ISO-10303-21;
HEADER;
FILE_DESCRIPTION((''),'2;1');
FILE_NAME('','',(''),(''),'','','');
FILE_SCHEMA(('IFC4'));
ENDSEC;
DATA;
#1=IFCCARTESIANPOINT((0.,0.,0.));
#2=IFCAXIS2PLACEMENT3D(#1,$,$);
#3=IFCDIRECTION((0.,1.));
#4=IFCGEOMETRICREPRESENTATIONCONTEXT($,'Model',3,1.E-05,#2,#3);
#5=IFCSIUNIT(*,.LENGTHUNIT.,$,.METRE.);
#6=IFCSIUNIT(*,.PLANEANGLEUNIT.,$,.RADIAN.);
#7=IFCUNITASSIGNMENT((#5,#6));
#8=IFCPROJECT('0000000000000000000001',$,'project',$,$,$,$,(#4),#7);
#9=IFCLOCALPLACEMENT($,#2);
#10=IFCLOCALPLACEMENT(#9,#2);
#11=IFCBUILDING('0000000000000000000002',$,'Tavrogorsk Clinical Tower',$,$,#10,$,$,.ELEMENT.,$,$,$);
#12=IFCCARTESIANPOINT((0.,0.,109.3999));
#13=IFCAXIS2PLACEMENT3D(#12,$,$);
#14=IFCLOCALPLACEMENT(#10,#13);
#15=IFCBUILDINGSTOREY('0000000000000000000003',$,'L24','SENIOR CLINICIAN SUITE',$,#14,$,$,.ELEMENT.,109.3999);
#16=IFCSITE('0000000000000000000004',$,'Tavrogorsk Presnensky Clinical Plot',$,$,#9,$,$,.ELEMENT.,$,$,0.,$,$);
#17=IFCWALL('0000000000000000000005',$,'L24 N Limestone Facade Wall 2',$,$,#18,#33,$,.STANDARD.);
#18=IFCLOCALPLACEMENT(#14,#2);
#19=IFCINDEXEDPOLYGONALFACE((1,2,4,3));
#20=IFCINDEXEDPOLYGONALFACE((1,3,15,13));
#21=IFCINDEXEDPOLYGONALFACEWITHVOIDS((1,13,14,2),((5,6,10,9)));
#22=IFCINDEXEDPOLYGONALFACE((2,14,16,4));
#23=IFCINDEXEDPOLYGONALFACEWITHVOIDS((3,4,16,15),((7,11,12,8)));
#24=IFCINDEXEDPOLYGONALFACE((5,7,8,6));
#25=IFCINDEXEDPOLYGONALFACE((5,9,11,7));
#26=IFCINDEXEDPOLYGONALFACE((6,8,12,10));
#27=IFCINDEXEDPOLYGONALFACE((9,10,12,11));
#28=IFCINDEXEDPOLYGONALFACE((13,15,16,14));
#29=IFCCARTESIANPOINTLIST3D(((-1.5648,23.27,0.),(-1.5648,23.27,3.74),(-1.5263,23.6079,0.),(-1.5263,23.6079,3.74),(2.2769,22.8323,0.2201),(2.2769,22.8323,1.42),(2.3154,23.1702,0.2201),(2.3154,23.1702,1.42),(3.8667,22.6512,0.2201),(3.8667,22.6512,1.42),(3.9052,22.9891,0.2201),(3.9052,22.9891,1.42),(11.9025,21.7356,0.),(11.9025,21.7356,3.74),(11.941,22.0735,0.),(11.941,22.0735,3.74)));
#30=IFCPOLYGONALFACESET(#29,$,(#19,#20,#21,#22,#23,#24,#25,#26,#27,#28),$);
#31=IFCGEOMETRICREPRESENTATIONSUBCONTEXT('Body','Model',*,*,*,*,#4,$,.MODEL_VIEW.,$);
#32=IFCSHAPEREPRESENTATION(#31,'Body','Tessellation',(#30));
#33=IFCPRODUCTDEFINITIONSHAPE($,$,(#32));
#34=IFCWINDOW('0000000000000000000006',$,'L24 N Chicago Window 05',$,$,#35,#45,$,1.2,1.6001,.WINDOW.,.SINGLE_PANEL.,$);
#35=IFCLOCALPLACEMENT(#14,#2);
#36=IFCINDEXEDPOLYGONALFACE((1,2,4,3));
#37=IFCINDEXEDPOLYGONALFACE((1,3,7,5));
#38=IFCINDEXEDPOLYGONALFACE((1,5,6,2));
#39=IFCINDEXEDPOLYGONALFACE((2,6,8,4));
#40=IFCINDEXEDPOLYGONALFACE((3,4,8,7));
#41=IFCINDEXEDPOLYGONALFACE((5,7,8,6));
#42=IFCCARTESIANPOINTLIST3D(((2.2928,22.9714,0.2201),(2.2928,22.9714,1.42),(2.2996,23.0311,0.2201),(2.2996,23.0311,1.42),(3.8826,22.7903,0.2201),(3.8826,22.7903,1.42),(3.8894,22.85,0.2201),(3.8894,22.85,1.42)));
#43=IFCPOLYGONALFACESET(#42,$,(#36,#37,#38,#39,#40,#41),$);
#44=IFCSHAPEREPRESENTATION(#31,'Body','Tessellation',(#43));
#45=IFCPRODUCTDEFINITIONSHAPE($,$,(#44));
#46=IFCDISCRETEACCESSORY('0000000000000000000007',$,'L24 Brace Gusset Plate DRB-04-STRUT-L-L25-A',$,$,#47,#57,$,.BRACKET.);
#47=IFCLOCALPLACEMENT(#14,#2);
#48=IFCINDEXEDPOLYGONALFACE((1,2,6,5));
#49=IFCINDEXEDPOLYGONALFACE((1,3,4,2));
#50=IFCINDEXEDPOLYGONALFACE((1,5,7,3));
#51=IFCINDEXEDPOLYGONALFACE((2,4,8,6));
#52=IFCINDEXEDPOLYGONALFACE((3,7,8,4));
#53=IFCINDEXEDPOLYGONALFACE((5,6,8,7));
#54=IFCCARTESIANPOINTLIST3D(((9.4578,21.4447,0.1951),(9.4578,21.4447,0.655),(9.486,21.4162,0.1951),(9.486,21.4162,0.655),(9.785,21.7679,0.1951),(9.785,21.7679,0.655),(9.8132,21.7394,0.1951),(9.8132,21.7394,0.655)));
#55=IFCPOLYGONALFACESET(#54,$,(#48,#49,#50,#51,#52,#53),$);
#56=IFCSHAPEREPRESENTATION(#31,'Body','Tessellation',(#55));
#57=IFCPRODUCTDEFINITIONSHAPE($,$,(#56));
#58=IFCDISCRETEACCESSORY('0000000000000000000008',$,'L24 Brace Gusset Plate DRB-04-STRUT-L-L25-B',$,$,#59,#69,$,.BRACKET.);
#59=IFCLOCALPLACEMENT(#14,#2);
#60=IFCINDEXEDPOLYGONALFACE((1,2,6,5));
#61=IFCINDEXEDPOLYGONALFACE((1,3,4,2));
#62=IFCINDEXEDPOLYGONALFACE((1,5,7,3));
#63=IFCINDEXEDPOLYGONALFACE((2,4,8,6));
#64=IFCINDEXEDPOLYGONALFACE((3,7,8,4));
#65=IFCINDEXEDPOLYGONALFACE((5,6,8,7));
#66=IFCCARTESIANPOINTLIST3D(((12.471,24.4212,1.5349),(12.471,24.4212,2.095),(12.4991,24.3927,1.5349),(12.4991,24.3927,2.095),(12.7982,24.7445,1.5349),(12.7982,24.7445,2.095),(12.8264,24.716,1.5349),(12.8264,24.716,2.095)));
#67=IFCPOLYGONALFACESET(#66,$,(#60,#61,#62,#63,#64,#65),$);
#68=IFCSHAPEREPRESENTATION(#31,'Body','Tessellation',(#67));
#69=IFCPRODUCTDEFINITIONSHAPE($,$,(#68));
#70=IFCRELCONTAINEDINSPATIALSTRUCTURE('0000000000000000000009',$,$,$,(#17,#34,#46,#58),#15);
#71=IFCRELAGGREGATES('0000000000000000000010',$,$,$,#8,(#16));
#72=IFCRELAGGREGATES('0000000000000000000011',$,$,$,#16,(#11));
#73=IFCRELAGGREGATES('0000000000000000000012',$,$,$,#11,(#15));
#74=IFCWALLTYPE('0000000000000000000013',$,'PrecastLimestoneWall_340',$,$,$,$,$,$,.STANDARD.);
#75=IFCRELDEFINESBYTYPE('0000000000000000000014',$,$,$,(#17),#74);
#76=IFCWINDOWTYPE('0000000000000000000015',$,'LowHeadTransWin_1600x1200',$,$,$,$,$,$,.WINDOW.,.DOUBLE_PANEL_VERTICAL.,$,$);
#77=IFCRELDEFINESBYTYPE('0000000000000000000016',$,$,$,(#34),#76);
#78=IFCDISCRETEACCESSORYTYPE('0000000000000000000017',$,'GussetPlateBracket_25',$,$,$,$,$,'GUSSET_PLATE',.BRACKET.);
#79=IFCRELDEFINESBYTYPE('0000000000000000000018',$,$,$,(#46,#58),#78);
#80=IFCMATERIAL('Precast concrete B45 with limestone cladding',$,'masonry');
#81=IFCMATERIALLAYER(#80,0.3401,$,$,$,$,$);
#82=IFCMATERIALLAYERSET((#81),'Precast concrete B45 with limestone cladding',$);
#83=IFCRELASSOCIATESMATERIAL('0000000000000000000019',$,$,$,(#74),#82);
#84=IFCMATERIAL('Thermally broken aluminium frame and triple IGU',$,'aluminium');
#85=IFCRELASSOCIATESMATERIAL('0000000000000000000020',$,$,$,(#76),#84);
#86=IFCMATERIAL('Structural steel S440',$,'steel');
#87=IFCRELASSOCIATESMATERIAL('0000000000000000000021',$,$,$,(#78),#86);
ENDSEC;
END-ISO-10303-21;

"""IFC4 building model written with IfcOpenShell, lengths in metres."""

from ifc_helpers import new_model, si_unit, direction, frame, frame_2d, origin, origin_2d, place, context, subcontext, project, spatial, rectangle, extrude, material, layer, layer_set, type_object, element, fill, save


model = new_model("IFC4")

# Units and contexts
model_context = context("Model", 3, precision=1e-05, world=origin(), true_north=direction((0.0, 1.0)))
body_context = subcontext(model_context, "Body", "Model", "MODEL_VIEW")
ifc_project = project(units=[si_unit("LENGTHUNIT", "METRE"), si_unit("PLANEANGLEUNIT", "RADIAN")], contexts=[model_context])

# Site, building, storey
site_placement = place(None, origin())
site = spatial("IfcSite", under=ifc_project, at=site_placement, Name="Tavrogorsk Presnensky Clinical Plot", CompositionType="ELEMENT", RefElevation=0.0)
building_placement = place(site_placement, origin())
building = spatial("IfcBuilding", under=site, at=building_placement, Name="Tavrogorsk Clinical Tower", CompositionType="ELEMENT")
storey_placement = place(building_placement, frame((0.0, 0.0, 109.3999)))
storey = spatial("IfcBuildingStorey", under=building, at=storey_placement, Name="L24", Description="SENIOR CLINICIAN SUITE", CompositionType="ELEMENT", Elevation=109.3999)

# Wall, opening, window
ifc_material_1 = material(Name="Precast concrete B45 with limestone cladding", Category="masonry")
ifc_layer_1 = layer(ifc_material_1, 0.3401)
ifc_layer_set_1 = layer_set([ifc_layer_1], Name="Precast concrete B45 with limestone cladding")
wall_type_1 = type_object("IfcWallType", Name="PrecastLimestoneWall_340", PredefinedType="STANDARD", material=ifc_layer_set_1)
wall_1_placement = place(storey_placement, frame((11.9219, 21.9045, 0.0), z_axis=(0.0, 0.0, 1.0), x_axis=(-0.993572, 0.113205, 0.0)))
wall_1 = element("IfcWall", 1, at=wall_1_placement, inside=storey, type_object=wall_type_1, Name="L24 N Limestone Facade Wall 2", PredefinedType="STANDARD", context=body_context, shape_type="SweptSolid", body=[
    extrude(rectangle(XDim=13.5544, YDim=0.3401, at=frame_2d((6.7773, 0.0))), origin(), (0.0, 0.0, 1.0), 3.74),
])
opening_1_placement = place(wall_1_placement, frame((8.0879, 0.0, 0.22)))
opening_1 = element("IfcOpeningElement", 2, at=opening_1_placement, cuts=wall_1, PredefinedType="OPENING", context=body_context, shape_type="SweptSolid", body=[
    extrude(rectangle(XDim=1.6001, YDim=1.2, at=frame_2d((0.8, 0.6001))), frame((0.0, 0.1799, 0.0), z_axis=(0.0, -1.0, 0.0), x_axis=(1.0, 0.0, 0.0)), (0.0, 0.0, 1.0), 0.3601),
])
ifc_material_2 = material(Name="Thermally broken aluminium frame and triple IGU", Category="aluminium")
window_type = type_object("IfcWindowType", Name="LowHeadTransWin_1600x1200", PartitioningType="DOUBLE_PANEL_VERTICAL", PredefinedType="WINDOW", material=ifc_material_2)
window_placement = place(opening_1_placement, origin())
window = element("IfcWindow", 3, at=window_placement, inside=storey, type_object=window_type, Name="L24 N Chicago Window 05", OverallHeight=1.2, OverallWidth=1.6001, PartitioningType="SINGLE_PANEL", PredefinedType="WINDOW", context=body_context, shape_type="SweptSolid", body=[
    extrude(rectangle(XDim=1.6001, YDim=1.2, at=frame_2d((0.8, 0.6001))), frame((0.0, 0.03, 0.0), z_axis=(0.0, -1.0, 0.0), x_axis=(1.0, 0.0, 0.0)), (0.0, 0.0, 1.0), 0.0601),
])
fill(opening_1, window)

# Discrete accessories
ifc_material_3 = material(Name="Structural steel S440", Category="steel")
discrete_accessory_type = type_object("IfcDiscreteAccessoryType", Name="GussetPlateBracket_25", ElementType="GUSSET_PLATE", PredefinedType="BRACKET", material=ifc_material_3)
discrete_accessory_1_placement = place(storey_placement, frame((9.6355, 21.592, 0.1951), z_axis=(0.0, 0.0, 1.0), x_axis=(0.711413, 0.702774, 0.0)))
element("IfcDiscreteAccessory", 4, at=discrete_accessory_1_placement, inside=storey, type_object=discrete_accessory_type, Name="L24 Brace Gusset Plate DRB-04-STRUT-L-L25-A", PredefinedType="BRACKET", context=body_context, shape_type="SweptSolid", body=[
    extrude(rectangle(XDim=0.46, YDim=0.04, at=origin_2d()), origin(), (0.0, 0.0, 1.0), 0.46),
])
discrete_accessory_2_placement = place(storey_placement, frame((12.6487, 24.5686, 1.5349), z_axis=(0.0, 0.0, 1.0), x_axis=(0.711413, 0.702774, 0.0)))
element("IfcDiscreteAccessory", 5, at=discrete_accessory_2_placement, inside=storey, type_object=discrete_accessory_type, Name="L24 Brace Gusset Plate DRB-04-STRUT-L-L25-B", PredefinedType="BRACKET", context=body_context, shape_type="SweptSolid", body=[
    extrude(rectangle(XDim=0.46, YDim=0.04, at=origin_2d()), origin(), (0.0, 0.0, 1.0), 0.5601),
])

save(model, "model.ifc")
